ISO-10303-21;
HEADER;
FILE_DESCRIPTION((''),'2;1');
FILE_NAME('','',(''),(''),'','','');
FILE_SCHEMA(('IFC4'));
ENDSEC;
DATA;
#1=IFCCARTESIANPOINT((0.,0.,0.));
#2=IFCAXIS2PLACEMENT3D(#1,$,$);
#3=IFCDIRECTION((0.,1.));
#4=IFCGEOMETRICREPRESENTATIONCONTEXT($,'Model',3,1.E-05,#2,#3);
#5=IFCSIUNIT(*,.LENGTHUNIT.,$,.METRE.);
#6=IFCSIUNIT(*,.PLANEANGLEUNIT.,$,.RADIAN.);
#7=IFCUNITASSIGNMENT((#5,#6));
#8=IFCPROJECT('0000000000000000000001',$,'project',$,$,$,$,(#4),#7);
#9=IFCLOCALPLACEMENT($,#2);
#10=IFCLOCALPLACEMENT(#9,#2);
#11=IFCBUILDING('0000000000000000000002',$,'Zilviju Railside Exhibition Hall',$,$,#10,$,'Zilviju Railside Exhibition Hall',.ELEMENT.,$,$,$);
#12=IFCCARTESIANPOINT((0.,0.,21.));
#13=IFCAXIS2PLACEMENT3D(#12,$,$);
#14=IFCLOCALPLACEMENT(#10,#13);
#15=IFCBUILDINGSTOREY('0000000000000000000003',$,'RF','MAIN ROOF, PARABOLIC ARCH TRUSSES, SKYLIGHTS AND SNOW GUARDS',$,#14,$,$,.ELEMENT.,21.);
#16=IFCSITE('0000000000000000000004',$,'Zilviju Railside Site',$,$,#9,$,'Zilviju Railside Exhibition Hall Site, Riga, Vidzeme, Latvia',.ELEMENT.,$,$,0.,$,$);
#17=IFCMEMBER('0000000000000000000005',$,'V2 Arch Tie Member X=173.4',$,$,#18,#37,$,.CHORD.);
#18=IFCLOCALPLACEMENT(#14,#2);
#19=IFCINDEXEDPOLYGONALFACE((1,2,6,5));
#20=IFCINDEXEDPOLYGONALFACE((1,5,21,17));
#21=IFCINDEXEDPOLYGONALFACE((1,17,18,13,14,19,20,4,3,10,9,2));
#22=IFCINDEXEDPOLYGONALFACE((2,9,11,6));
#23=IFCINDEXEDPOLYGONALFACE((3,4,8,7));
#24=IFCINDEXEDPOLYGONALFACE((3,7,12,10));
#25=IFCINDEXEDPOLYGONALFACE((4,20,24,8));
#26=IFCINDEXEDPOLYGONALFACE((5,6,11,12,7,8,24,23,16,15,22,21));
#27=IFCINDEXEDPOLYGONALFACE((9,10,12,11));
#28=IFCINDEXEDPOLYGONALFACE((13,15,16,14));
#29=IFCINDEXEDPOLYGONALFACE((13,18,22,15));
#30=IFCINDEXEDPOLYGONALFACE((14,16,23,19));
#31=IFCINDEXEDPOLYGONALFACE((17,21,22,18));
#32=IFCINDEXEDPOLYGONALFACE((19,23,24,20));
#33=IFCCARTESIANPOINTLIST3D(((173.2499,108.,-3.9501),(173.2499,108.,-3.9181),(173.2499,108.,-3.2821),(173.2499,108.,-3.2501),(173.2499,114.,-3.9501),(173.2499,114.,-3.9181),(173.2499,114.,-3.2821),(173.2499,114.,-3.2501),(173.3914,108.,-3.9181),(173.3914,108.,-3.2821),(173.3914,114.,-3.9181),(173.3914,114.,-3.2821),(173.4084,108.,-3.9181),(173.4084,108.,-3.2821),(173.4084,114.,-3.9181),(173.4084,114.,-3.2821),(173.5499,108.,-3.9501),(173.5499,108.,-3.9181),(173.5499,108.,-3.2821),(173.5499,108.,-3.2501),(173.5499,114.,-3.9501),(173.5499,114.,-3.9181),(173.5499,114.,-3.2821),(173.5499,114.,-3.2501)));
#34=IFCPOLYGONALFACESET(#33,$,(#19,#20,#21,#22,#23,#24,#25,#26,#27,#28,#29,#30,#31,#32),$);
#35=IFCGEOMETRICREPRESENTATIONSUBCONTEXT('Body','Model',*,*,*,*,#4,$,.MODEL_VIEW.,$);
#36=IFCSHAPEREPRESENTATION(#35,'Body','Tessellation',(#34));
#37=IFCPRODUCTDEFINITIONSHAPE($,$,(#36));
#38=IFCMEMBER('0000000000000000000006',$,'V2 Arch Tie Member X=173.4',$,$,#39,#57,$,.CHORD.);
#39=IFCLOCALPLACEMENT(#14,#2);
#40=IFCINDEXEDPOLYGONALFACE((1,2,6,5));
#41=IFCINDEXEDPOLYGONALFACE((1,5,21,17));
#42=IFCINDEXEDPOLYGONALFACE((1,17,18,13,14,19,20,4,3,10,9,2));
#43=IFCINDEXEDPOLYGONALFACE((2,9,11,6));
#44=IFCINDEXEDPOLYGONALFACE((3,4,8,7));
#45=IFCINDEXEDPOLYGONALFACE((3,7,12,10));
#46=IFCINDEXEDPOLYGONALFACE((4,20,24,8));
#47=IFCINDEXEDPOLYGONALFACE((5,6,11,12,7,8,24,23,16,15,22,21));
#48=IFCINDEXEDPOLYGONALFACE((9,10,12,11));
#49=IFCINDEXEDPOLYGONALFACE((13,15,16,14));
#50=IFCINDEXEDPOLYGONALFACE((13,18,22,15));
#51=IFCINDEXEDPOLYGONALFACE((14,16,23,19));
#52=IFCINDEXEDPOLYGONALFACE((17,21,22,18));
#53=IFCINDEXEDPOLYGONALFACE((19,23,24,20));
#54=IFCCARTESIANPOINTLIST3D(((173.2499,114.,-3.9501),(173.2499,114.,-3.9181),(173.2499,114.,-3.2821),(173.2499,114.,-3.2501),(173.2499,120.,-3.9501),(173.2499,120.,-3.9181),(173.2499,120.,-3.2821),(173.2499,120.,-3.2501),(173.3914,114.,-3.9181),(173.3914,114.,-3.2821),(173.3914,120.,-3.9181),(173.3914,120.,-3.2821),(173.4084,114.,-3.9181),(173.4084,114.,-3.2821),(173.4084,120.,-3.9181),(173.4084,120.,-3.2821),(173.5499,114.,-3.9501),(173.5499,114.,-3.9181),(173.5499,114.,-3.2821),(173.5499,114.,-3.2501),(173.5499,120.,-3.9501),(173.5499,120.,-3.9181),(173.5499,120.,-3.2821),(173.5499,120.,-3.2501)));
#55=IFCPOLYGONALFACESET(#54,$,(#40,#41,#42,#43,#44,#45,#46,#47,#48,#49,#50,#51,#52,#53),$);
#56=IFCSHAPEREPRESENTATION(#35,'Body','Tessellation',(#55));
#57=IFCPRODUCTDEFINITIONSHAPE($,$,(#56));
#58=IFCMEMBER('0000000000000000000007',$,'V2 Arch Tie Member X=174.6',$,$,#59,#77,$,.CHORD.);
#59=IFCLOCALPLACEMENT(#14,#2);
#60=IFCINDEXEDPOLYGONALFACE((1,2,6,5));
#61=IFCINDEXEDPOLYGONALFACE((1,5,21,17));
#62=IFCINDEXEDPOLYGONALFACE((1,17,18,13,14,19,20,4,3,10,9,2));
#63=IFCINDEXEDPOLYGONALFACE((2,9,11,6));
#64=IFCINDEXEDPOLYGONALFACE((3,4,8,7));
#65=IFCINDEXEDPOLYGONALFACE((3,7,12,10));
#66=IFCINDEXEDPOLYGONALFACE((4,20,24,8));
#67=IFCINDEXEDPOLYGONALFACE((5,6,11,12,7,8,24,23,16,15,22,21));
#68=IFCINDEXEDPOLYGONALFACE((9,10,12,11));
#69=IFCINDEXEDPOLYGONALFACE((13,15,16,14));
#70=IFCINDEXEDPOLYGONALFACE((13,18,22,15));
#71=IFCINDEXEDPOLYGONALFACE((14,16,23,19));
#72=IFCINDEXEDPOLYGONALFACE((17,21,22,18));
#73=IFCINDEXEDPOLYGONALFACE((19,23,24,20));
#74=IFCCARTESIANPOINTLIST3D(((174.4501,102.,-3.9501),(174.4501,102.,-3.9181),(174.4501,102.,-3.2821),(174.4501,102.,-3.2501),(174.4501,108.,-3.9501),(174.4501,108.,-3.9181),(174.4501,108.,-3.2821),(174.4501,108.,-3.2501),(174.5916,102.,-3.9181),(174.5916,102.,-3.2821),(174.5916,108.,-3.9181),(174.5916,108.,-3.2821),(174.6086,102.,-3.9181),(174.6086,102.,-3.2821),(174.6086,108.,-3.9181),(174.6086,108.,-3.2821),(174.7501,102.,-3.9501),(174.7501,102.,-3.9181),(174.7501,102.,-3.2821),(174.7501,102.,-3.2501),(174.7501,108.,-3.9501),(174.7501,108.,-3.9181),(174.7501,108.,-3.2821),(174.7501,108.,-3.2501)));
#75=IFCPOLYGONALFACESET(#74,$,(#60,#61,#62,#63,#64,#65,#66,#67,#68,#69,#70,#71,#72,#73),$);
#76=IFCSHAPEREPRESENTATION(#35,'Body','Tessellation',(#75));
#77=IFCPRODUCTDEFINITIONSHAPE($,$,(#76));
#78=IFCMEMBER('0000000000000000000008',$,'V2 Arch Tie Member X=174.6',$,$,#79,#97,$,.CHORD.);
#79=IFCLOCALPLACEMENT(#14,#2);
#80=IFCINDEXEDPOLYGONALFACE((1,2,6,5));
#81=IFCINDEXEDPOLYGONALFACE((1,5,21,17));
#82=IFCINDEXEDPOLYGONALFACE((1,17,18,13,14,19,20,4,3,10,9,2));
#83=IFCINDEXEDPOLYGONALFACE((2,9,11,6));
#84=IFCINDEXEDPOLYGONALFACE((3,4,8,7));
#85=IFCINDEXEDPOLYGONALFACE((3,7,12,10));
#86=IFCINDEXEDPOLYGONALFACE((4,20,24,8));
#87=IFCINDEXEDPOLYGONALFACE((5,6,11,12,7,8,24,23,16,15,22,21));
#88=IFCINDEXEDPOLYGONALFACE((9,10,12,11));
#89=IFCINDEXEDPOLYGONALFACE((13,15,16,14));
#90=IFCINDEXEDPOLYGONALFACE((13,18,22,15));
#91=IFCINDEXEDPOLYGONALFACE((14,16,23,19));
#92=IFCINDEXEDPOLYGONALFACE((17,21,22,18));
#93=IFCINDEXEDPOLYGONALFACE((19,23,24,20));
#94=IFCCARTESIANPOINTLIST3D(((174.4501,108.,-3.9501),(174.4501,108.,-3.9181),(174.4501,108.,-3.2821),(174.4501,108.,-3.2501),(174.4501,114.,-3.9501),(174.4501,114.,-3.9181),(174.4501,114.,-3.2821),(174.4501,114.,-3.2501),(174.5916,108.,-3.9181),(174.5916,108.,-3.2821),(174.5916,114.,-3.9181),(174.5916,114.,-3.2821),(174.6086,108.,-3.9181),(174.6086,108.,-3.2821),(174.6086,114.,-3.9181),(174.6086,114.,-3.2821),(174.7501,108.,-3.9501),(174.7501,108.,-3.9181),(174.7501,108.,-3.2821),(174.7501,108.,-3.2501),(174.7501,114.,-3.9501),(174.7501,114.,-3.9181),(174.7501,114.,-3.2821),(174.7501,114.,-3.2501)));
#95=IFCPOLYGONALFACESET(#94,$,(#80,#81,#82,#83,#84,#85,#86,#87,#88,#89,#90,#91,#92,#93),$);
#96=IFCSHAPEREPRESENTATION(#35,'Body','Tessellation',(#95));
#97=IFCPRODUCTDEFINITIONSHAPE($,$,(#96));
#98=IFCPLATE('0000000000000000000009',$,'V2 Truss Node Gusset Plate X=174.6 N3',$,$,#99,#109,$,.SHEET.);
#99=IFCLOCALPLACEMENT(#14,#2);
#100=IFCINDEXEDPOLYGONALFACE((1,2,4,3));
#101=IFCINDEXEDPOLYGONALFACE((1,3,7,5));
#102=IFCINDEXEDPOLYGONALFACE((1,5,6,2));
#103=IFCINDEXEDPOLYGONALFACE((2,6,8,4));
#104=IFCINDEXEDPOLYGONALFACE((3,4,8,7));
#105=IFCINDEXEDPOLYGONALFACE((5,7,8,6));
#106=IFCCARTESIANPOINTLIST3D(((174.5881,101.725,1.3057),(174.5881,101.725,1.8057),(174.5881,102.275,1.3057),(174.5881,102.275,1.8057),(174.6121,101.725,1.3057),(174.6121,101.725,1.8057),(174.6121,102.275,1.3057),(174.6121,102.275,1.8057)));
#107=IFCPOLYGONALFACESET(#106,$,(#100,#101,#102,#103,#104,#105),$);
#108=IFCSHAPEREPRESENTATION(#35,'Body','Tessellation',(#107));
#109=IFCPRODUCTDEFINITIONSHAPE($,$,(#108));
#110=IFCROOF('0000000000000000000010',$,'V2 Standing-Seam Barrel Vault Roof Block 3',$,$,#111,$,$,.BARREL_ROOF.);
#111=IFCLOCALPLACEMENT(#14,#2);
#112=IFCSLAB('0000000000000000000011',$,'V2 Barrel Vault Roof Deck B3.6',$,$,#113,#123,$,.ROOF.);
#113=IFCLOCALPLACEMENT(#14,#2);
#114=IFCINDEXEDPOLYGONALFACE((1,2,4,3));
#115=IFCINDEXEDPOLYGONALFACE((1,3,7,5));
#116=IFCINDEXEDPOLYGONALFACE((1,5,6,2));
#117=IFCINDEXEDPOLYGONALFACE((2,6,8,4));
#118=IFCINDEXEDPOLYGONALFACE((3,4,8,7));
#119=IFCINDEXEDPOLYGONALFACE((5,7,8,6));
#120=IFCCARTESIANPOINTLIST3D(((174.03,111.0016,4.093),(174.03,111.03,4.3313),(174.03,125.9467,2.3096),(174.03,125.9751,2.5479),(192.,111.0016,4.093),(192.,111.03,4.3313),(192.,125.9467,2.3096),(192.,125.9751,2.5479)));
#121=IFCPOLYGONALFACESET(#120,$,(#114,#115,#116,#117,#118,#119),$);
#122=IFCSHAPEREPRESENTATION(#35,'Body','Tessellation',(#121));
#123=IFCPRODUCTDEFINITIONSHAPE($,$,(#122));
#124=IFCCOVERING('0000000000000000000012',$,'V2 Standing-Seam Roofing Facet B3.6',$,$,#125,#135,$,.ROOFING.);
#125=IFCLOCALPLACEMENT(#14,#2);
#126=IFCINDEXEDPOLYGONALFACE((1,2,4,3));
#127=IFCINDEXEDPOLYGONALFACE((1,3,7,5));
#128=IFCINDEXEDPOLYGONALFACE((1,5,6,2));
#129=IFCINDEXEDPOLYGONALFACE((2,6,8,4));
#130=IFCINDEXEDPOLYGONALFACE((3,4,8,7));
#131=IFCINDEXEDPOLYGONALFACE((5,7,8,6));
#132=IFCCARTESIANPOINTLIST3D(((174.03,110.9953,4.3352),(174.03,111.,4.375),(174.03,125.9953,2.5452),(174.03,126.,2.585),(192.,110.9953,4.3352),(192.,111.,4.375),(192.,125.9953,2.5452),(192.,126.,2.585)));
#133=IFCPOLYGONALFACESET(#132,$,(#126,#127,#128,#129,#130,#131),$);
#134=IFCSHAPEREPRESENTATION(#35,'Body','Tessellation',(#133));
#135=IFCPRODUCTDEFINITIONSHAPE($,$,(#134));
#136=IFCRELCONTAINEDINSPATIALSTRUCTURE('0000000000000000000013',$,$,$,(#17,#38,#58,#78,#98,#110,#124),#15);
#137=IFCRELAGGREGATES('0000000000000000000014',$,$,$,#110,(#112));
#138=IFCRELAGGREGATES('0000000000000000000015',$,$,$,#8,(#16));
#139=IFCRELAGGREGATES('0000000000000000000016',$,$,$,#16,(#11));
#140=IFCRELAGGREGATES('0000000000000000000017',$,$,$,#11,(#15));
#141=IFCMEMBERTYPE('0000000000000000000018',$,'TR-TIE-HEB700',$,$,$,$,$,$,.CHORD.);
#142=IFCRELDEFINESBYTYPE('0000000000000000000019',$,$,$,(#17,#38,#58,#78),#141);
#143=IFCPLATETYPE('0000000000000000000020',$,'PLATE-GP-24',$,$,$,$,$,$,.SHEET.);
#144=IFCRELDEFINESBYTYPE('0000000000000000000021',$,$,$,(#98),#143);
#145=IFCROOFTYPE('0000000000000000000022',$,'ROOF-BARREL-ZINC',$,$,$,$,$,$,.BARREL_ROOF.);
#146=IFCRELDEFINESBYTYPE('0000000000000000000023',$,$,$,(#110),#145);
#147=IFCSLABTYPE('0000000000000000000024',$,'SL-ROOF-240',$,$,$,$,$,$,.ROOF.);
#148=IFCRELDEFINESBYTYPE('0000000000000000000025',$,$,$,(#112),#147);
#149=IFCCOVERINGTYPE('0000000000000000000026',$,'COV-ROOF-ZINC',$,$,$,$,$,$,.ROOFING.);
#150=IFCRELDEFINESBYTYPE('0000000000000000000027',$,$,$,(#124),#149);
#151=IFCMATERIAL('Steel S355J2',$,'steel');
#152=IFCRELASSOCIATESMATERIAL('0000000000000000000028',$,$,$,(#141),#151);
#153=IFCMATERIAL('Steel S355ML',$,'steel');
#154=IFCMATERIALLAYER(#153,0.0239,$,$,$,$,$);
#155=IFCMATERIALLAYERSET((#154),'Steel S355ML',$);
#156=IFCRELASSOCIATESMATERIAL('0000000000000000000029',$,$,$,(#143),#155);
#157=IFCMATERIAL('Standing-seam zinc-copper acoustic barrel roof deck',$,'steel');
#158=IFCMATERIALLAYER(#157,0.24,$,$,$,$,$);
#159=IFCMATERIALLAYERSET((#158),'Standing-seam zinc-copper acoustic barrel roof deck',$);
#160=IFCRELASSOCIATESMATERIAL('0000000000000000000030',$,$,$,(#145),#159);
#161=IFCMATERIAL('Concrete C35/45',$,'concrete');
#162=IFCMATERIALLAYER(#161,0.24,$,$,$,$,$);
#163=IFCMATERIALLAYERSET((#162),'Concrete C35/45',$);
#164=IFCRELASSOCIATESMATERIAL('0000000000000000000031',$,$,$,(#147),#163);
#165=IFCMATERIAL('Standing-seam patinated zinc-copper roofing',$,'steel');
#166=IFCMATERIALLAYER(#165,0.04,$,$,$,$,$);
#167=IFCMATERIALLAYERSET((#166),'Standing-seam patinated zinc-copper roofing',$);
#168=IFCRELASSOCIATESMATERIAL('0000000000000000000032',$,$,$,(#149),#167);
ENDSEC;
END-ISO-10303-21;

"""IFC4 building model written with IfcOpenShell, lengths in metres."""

from ifc_helpers import new_model, si_unit, direction, frame, origin, origin_2d, place, context, subcontext, project, spatial, polyline, rectangle, i_section, outline, extrude, material, layer, layer_set, material_profile, profile_set, type_object, element, aggregate, save


model = new_model("IFC4")

# Units and contexts
model_context = context("Model", 3, precision=1e-05, world=origin(), true_north=direction((0.0, 1.0)))
body_context = subcontext(model_context, "Body", "Model", "MODEL_VIEW")
ifc_project = project(units=[si_unit("LENGTHUNIT", "METRE"), si_unit("PLANEANGLEUNIT", "RADIAN")], contexts=[model_context])

# Site, building, storey
site_placement = place(None, origin())
site = spatial("IfcSite", under=ifc_project, at=site_placement, Name="Zilviju Railside Site", LongName="Zilviju Railside Exhibition Hall Site, Riga, Vidzeme, Latvia", CompositionType="ELEMENT", RefElevation=0.0)
building_placement = place(site_placement, origin())
building = spatial("IfcBuilding", under=site, at=building_placement, Name="Zilviju Railside Exhibition Hall", LongName="Zilviju Railside Exhibition Hall", CompositionType="ELEMENT")
storey_placement = place(building_placement, frame((0.0, 0.0, 21.0)))
storey = spatial("IfcBuildingStorey", under=building, at=storey_placement, Name="RF", Description="MAIN ROOF, PARABOLIC ARCH TRUSSES, SKYLIGHTS AND SNOW GUARDS", CompositionType="ELEMENT", Elevation=21.0)

# Members
ifc_material_1 = material(Name="Steel S355J2", Category="steel")
ifc_material_profile_1 = material_profile(ifc_material_1, i_section(OverallWidth=0.3, OverallDepth=0.7, WebThickness=0.0171, FlangeThickness=0.032, at=origin_2d()), Name="HEB 700")
ifc_profile_set_1 = profile_set([ifc_material_profile_1], Name="Steel S355J2")
member_type_1 = type_object("IfcMemberType", Name="TR-TIE-HEB700", PredefinedType="CHORD", material=ifc_profile_set_1)
for number, where, z_axis, x_axis, name in (
    (1, (173.3999, 108.0, -3.6001), (0.0, 1.0, 0.0), (-1.0, 0.0, 0.0), "V2 Arch Tie Member X=173.4"),
    (2, (173.3999, 114.0, -3.6001), (0.0, 1.0, 0.0), (-1.0, 0.0, 0.0), "V2 Arch Tie Member X=173.4"),
    (3, (174.6001, 102.0, -3.6001), (0.0, 1.0, 0.0), (-1.0, 0.0, 0.0), "V2 Arch Tie Member X=174.6"),
    (4, (174.6001, 108.0, -3.6001), (0.0, 1.0, 0.0), (-1.0, 0.0, 0.0), "V2 Arch Tie Member X=174.6"),
):
    element("IfcMember", number, at=place(storey_placement, frame(where, z_axis=z_axis, x_axis=x_axis)), inside=storey, type_object=member_type_1, Name=name, PredefinedType="CHORD", context=body_context, shape_type="SweptSolid", body=[
        extrude(i_section(OverallWidth=0.3, OverallDepth=0.7, WebThickness=0.0171, FlangeThickness=0.032, at=origin_2d()), origin(), (0.0, 0.0, 1.0), 6.0),
    ])

# Plate
ifc_material_2 = material(Name="Steel S355ML", Category="steel")
ifc_layer_1 = layer(ifc_material_2, 0.0239)
ifc_layer_set_1 = layer_set([ifc_layer_1], Name="Steel S355ML")
plate_type = type_object("IfcPlateType", Name="PLATE-GP-24", PredefinedType="SHEET", material=ifc_layer_set_1)
plate_placement = place(storey_placement, frame((174.6001, 102.0, 1.3057), z_axis=(0.0, 0.0, 1.0), x_axis=(1.0, 0.0, 0.0)))
element("IfcPlate", 5, at=plate_placement, inside=storey, type_object=plate_type, Name="V2 Truss Node Gusset Plate X=174.6 N3", PredefinedType="SHEET", context=body_context, shape_type="SweptSolid", body=[
    extrude(rectangle(XDim=0.0239, YDim=0.55, at=origin_2d()), origin(), (0.0, 0.0, 1.0), 0.5),
])

# Roof, slab
ifc_material_3 = material(Name="Standing-seam zinc-copper acoustic barrel roof deck", Category="steel")
ifc_layer_2 = layer(ifc_material_3, 0.24)
ifc_layer_set_2 = layer_set([ifc_layer_2], Name="Standing-seam zinc-copper acoustic barrel roof deck")
roof_type = type_object("IfcRoofType", Name="ROOF-BARREL-ZINC", PredefinedType="BARREL_ROOF", material=ifc_layer_set_2)
roof_placement = place(storey_placement, origin())
roof = element("IfcRoof", 6, at=roof_placement, inside=storey, type_object=roof_type, Name="V2 Standing-Seam Barrel Vault Roof Block 3", PredefinedType="BARREL_ROOF")
ifc_material_4 = material(Name="Concrete C35/45", Category="concrete")
ifc_layer_3 = layer(ifc_material_4, 0.24)
ifc_layer_set_3 = layer_set([ifc_layer_3], Name="Concrete C35/45")
slab_type = type_object("IfcSlabType", Name="SL-ROOF-240", PredefinedType="ROOF", material=ifc_layer_set_3)
slab_placement = place(storey_placement, frame((174.03, 111.03, 4.3313), z_axis=(0.0, 0.118493, 0.992955), x_axis=(1.0, 0.0, 0.0)))
slab = element("IfcSlab", 7, at=slab_placement, type_object=slab_type, Name="V2 Barrel Vault Roof Deck B3.6", PredefinedType="ROOF", context=body_context, shape_type="SweptSolid", body=[
    extrude(outline(polyline([(0.0, 0.0), (17.97, 0.0), (17.97, 15.0511), (0.0, 15.0511), (0.0, 0.0)])), origin(), (0.0, 0.0, -1.0), 0.24),
])
aggregate(roof, [slab])

# Covering
ifc_material_5 = material(Name="Standing-seam patinated zinc-copper roofing", Category="steel")
ifc_layer_4 = layer(ifc_material_5, 0.04)
ifc_layer_set_4 = layer_set([ifc_layer_4], Name="Standing-seam patinated zinc-copper roofing")
covering_type = type_object("IfcCoveringType", Name="COV-ROOF-ZINC", PredefinedType="ROOFING", material=ifc_layer_set_4)
covering_placement = place(storey_placement, frame((174.03, 111.0, 4.375), z_axis=(0.0, 0.118495, 0.992955), x_axis=(1.0, 0.0, 0.0)))
element("IfcCovering", 8, at=covering_placement, inside=storey, type_object=covering_type, Name="V2 Standing-Seam Roofing Facet B3.6", PredefinedType="ROOFING", context=body_context, shape_type="SweptSolid", body=[
    extrude(outline(polyline([(0.0, 0.0), (17.97, 0.0), (17.97, 15.1064), (0.0, 15.1064), (0.0, 0.0)])), origin(), (0.0, 0.0, -1.0), 0.04),
])

save(model, "model.ifc")
